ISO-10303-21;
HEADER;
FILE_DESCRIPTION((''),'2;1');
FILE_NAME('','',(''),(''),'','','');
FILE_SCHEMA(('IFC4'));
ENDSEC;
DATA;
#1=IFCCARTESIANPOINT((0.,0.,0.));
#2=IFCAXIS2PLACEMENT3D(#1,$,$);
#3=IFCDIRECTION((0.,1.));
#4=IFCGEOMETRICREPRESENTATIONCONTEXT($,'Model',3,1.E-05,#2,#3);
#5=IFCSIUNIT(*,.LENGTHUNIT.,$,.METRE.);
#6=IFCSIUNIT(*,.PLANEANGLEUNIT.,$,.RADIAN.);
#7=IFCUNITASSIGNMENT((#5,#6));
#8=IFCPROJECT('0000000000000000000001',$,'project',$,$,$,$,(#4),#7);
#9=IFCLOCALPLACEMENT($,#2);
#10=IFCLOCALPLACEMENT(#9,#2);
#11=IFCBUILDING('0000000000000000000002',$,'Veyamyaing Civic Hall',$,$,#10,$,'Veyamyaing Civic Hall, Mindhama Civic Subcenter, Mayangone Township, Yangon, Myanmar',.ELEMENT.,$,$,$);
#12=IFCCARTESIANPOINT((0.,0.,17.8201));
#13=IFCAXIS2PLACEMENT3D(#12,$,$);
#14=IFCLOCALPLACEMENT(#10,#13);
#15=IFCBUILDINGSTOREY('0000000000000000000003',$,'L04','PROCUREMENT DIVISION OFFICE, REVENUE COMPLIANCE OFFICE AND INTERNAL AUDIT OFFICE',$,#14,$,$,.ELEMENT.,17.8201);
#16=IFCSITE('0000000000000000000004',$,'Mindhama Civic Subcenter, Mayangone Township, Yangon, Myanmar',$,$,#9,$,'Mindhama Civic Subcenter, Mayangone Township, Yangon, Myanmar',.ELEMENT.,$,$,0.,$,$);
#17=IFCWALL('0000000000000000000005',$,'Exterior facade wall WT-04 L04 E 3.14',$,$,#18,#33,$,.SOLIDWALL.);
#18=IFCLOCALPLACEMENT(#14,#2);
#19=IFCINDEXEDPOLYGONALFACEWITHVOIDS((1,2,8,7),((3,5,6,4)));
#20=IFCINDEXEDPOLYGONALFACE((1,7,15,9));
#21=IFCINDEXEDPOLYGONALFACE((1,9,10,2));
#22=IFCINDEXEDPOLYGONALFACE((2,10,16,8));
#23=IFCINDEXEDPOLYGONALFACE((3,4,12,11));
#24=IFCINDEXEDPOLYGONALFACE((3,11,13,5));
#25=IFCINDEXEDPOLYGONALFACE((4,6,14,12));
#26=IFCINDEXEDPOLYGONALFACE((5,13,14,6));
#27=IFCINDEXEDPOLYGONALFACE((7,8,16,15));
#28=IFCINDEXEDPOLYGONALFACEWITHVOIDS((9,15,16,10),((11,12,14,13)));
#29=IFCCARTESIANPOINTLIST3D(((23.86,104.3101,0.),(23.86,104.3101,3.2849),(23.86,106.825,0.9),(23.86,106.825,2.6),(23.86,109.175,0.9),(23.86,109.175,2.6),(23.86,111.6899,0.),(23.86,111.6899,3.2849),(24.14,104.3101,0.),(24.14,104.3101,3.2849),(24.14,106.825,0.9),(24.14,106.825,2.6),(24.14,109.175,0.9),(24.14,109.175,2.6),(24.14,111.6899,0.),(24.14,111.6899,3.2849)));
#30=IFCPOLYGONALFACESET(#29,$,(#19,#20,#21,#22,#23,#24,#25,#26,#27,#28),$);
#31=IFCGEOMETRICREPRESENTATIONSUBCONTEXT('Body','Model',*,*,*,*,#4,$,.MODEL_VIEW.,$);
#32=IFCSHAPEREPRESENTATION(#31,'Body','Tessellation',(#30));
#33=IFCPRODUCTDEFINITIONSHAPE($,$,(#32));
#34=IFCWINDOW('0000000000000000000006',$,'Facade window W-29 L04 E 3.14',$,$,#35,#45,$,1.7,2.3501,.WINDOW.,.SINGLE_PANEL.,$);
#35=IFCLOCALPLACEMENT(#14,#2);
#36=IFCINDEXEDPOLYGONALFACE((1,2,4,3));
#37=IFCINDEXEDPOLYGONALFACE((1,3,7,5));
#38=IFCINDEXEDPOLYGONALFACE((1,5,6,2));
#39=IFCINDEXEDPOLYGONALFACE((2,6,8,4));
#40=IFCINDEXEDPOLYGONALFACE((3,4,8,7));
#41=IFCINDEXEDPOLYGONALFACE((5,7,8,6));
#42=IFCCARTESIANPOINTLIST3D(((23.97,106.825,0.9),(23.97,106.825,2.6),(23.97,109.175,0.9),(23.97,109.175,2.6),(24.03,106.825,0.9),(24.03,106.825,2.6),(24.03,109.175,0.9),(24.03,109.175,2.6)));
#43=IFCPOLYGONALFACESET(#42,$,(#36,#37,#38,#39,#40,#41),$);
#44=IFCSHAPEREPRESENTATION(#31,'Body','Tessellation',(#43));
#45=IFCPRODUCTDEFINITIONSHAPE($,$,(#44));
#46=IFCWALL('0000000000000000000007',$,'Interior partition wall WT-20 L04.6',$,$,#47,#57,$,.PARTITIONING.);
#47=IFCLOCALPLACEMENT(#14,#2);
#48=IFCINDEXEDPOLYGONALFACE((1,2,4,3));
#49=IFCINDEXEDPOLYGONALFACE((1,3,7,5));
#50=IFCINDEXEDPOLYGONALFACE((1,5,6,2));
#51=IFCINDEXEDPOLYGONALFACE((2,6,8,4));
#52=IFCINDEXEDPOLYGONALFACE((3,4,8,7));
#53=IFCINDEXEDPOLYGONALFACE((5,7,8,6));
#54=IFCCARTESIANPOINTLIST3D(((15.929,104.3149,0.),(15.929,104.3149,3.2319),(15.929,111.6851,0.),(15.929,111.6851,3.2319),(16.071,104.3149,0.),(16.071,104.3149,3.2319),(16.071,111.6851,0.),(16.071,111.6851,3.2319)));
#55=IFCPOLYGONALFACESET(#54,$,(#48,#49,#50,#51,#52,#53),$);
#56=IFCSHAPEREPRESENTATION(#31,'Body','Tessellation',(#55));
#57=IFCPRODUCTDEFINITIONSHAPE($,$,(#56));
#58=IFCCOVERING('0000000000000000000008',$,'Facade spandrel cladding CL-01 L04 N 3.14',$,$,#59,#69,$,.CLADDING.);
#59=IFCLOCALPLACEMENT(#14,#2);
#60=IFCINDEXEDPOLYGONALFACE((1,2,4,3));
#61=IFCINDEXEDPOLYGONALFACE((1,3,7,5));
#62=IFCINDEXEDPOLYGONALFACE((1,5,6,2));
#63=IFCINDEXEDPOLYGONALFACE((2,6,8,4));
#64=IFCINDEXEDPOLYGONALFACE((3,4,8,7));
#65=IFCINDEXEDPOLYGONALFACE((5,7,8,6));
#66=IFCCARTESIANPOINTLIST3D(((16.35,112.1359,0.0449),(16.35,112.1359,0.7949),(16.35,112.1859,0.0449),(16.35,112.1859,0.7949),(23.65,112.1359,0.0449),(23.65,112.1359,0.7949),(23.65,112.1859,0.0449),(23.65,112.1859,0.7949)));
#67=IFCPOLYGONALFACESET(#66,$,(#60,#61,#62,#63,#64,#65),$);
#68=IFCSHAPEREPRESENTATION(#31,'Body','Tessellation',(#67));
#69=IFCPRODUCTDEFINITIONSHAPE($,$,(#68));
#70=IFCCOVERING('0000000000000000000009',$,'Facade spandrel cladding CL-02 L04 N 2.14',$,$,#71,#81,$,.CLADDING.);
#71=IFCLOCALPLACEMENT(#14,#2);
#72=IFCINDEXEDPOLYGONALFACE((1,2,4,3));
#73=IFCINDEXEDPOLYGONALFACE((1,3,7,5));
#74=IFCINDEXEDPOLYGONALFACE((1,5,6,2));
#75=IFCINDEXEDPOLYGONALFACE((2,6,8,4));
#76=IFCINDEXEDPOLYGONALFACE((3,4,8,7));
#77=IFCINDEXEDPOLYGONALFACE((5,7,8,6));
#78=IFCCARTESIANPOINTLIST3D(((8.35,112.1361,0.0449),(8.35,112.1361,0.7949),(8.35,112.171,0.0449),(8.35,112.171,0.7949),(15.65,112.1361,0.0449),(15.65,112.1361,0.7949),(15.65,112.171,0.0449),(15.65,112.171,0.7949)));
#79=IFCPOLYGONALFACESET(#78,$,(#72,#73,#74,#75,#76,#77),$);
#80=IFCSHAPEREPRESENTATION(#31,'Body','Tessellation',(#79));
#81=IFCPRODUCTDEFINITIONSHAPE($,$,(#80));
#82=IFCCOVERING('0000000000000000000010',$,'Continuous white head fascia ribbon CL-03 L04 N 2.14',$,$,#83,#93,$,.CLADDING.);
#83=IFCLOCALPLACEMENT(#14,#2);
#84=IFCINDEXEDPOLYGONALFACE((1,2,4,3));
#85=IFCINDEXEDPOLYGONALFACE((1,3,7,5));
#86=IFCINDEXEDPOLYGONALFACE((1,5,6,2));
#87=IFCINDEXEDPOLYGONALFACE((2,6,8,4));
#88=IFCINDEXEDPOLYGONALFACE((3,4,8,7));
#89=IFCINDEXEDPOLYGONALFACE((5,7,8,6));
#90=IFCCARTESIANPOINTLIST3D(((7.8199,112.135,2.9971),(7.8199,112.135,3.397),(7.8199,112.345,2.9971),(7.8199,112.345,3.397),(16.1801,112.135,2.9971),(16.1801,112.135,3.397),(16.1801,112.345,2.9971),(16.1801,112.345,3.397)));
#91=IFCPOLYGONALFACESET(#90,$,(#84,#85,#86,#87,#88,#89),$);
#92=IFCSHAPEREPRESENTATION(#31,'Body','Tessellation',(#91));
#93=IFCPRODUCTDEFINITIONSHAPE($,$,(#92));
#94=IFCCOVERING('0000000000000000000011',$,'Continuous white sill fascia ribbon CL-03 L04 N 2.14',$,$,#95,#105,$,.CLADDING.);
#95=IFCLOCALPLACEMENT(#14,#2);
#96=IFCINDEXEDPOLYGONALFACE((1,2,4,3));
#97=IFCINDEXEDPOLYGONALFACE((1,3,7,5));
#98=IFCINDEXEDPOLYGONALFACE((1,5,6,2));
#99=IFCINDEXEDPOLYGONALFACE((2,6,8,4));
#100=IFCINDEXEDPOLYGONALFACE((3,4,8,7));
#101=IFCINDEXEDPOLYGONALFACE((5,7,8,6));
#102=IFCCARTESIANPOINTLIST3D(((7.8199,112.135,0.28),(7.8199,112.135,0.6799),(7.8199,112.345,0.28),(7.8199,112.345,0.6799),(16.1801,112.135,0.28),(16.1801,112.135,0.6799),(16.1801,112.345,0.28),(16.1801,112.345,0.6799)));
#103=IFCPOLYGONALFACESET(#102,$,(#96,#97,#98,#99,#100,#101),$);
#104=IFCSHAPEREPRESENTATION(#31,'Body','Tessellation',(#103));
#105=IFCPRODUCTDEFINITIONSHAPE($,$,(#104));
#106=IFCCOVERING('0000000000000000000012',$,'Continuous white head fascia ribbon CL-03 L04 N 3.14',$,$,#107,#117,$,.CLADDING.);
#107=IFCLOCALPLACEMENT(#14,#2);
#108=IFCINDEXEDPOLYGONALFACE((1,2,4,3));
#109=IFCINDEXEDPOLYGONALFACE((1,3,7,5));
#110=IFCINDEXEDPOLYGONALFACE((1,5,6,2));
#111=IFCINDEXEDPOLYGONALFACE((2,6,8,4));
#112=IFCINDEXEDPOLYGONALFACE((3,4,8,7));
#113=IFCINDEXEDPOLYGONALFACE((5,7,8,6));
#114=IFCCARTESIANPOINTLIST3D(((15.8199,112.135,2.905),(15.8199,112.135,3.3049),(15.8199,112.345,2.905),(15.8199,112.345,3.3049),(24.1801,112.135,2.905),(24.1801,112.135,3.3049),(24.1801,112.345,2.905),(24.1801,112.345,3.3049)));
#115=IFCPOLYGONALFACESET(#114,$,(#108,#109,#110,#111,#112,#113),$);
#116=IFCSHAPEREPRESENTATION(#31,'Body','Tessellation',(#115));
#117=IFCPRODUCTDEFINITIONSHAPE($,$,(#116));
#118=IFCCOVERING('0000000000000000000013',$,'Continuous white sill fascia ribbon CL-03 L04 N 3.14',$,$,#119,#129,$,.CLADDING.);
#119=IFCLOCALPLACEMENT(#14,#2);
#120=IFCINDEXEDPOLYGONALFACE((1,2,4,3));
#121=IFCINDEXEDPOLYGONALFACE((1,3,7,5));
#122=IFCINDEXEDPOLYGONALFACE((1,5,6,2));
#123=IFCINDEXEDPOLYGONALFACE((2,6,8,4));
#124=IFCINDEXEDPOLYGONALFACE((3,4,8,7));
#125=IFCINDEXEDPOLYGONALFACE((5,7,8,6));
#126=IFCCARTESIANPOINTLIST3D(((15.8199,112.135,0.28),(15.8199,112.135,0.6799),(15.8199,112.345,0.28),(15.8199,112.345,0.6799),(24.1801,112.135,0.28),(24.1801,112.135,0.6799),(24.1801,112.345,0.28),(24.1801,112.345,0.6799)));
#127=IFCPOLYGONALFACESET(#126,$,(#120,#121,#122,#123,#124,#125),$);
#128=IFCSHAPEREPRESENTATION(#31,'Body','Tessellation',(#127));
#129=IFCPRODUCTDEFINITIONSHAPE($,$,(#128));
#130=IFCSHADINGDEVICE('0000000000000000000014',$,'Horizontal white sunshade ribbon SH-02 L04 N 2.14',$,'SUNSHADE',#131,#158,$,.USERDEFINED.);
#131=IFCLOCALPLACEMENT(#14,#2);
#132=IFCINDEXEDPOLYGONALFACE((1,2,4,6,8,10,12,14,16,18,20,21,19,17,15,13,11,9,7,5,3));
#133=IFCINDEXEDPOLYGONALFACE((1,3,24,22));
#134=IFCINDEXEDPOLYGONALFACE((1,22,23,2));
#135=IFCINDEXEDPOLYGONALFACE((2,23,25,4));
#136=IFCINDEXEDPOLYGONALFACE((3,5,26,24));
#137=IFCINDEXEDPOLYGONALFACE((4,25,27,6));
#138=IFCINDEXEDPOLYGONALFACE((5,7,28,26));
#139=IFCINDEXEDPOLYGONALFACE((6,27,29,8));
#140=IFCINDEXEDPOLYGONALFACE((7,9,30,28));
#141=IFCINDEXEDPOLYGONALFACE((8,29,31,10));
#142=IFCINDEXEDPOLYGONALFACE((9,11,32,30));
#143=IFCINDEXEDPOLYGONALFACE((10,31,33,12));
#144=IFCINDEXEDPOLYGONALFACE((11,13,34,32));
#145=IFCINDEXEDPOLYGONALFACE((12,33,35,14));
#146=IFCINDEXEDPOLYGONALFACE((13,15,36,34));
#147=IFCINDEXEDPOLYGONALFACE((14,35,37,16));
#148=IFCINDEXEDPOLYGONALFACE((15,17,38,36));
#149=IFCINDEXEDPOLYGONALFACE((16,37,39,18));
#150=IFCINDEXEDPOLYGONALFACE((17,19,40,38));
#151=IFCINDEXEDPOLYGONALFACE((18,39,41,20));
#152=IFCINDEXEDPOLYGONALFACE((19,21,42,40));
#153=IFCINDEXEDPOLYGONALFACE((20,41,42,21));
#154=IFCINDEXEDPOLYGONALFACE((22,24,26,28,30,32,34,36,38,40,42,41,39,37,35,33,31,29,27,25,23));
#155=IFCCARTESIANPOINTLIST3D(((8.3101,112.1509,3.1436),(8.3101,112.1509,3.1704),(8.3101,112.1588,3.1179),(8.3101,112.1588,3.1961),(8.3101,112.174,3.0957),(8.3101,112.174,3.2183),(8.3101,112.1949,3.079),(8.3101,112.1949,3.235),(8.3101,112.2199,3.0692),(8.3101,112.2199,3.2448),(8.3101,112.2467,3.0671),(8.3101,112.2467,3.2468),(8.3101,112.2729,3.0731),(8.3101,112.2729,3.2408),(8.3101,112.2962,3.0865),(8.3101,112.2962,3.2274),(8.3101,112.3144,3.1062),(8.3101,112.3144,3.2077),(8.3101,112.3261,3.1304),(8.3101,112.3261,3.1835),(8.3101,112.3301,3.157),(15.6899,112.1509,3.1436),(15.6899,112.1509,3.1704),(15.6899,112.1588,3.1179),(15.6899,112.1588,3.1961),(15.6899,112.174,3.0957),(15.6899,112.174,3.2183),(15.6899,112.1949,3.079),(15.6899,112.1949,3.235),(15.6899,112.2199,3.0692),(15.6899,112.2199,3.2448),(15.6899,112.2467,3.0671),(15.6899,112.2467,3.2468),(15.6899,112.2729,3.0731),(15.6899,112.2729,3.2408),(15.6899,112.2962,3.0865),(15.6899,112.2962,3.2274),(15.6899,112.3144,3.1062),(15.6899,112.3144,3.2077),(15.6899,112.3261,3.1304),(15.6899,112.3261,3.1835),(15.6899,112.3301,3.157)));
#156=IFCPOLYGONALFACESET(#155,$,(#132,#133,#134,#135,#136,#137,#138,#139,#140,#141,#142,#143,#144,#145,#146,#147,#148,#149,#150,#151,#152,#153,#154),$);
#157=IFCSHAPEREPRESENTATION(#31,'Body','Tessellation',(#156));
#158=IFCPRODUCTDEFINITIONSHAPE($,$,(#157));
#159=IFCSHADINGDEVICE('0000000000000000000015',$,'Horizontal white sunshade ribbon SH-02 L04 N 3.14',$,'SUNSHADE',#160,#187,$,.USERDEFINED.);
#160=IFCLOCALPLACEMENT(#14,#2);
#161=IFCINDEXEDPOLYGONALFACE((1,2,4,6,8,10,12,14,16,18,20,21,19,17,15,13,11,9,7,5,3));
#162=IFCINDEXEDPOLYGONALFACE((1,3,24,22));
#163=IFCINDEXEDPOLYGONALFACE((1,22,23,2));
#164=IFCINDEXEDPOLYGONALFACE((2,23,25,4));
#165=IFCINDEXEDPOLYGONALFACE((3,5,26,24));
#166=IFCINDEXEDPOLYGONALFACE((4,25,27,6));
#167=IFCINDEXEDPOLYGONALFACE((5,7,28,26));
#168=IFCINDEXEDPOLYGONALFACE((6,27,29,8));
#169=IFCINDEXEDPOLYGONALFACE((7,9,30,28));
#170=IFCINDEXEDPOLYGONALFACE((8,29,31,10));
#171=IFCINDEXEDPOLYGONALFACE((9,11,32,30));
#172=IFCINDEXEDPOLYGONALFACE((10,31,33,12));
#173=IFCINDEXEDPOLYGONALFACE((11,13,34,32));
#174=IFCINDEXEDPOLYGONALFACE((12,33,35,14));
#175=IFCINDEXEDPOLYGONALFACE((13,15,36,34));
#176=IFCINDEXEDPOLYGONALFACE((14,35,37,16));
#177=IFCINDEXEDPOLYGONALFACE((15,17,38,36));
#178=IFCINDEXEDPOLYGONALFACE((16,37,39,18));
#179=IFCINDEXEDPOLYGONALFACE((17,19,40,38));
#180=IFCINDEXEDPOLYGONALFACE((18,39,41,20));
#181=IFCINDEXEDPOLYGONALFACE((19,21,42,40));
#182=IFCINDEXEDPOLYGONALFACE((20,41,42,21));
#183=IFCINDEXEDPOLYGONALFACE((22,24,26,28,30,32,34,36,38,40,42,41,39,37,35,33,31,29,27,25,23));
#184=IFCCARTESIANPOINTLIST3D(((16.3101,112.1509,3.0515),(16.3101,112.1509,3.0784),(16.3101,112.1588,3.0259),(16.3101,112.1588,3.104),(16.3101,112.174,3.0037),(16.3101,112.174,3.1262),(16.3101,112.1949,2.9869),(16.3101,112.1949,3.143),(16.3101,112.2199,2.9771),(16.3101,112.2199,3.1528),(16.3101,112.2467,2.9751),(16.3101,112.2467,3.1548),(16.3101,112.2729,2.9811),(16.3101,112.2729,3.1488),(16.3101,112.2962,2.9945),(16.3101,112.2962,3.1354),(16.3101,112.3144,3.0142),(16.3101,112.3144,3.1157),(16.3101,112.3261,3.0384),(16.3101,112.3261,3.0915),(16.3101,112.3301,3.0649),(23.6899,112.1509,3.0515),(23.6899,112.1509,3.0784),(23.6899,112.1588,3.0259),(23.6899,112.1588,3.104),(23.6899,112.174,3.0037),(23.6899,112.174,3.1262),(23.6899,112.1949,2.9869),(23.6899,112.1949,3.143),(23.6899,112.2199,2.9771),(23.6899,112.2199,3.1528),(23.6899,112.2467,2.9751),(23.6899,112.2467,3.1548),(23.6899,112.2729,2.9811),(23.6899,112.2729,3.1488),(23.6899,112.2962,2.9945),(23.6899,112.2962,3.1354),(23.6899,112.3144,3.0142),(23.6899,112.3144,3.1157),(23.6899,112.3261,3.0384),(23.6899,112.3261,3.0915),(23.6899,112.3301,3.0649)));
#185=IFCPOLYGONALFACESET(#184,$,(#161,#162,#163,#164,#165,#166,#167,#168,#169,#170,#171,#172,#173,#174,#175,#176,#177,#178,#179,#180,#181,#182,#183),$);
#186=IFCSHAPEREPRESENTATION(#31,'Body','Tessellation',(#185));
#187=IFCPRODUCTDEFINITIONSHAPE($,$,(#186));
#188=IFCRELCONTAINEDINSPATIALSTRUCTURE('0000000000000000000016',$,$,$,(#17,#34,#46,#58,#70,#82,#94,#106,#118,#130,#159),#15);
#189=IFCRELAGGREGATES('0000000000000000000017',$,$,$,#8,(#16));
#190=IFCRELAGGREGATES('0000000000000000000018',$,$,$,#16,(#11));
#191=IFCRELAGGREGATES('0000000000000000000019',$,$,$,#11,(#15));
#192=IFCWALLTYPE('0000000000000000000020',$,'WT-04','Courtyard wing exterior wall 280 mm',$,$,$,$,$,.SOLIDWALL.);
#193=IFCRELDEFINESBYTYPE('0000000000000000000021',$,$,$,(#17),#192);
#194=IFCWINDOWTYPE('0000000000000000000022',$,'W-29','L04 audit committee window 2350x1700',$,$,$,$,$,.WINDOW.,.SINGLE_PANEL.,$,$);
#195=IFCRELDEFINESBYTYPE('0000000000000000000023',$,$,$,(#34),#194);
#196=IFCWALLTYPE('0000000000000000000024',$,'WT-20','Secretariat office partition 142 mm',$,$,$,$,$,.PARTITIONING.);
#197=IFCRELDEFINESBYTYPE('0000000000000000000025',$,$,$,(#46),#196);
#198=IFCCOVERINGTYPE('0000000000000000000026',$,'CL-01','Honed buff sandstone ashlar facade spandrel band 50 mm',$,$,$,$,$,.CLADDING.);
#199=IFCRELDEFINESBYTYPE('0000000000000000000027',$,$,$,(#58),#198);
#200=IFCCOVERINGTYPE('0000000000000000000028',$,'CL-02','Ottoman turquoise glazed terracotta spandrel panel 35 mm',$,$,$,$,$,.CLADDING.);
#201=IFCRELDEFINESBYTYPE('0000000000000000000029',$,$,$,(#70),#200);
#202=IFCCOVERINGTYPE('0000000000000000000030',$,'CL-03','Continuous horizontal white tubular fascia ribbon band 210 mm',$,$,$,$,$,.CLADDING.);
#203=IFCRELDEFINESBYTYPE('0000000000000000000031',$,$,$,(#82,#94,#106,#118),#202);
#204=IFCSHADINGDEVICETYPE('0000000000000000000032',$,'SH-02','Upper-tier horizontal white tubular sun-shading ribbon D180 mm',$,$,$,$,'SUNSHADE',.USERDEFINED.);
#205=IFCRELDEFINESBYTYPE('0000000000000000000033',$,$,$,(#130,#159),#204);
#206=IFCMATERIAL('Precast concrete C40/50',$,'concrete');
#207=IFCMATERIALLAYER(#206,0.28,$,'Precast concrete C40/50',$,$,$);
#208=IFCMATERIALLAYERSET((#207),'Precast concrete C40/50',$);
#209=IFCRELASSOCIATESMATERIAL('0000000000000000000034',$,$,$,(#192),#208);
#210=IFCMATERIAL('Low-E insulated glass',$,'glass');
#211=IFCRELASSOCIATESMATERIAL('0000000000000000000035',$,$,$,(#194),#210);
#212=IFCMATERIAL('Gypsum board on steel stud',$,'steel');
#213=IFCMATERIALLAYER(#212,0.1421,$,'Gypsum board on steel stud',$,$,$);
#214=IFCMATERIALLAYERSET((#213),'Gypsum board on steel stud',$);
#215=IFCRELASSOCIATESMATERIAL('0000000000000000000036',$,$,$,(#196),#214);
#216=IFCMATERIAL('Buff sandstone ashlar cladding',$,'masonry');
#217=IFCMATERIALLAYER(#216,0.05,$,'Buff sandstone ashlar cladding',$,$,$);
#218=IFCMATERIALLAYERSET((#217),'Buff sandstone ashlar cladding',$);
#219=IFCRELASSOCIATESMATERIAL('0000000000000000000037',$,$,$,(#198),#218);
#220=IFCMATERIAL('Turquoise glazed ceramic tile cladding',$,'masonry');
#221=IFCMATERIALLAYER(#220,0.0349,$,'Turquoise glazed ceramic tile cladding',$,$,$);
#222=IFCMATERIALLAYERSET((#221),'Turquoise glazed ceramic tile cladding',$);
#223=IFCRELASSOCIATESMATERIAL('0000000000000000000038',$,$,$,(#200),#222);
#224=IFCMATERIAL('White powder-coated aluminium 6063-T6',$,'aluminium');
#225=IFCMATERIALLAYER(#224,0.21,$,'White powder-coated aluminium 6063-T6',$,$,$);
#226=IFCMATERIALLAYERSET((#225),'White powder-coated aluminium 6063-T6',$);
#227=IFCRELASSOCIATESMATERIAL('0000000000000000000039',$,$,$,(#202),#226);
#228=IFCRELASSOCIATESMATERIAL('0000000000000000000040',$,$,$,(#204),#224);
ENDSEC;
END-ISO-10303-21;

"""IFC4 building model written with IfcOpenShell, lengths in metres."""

from ifc_helpers import new_model, si_unit, direction, frame, frame_2d, origin, origin_2d, place, context, subcontext, project, spatial, rectangle, circle, extrude, material, layer, layer_set, material_profile, profile_set, type_object, element, fill, save


model = new_model("IFC4")

# Units and contexts
model_context = context("Model", 3, precision=1e-05, world=origin(), true_north=direction((0.0, 1.0)))
body_context = subcontext(model_context, "Body", "Model", "MODEL_VIEW")
ifc_project = project(units=[si_unit("LENGTHUNIT", "METRE"), si_unit("PLANEANGLEUNIT", "RADIAN")], contexts=[model_context])

# Site, building, storey
site_placement = place(None, origin())
site = spatial("IfcSite", under=ifc_project, at=site_placement, Name="Mindhama Civic Subcenter, Mayangone Township, Yangon, Myanmar", LongName="Mindhama Civic Subcenter, Mayangone Township, Yangon, Myanmar", CompositionType="ELEMENT", RefElevation=0.0)
building_placement = place(site_placement, origin())
building = spatial("IfcBuilding", under=site, at=building_placement, Name="Veyamyaing Civic Hall", LongName="Veyamyaing Civic Hall, Mindhama Civic Subcenter, Mayangone Township, Yangon, Myanmar", CompositionType="ELEMENT")
storey_placement = place(building_placement, frame((0.0, 0.0, 17.8201)))
storey = spatial("IfcBuildingStorey", under=building, at=storey_placement, Name="L04", Description="PROCUREMENT DIVISION OFFICE, REVENUE COMPLIANCE OFFICE AND INTERNAL AUDIT OFFICE", CompositionType="ELEMENT", Elevation=17.8201)

# Wall, opening, window
ifc_material_1 = material(Name="Precast concrete C40/50", Category="concrete")
ifc_layer_1 = layer(ifc_material_1, 0.28, Name="Precast concrete C40/50")
ifc_layer_set_1 = layer_set([ifc_layer_1], Name="Precast concrete C40/50")
wall_type_1 = type_object("IfcWallType", Name="WT-04", Description="Courtyard wing exterior wall 280 mm", PredefinedType="SOLIDWALL", material=ifc_layer_set_1)
ifc_material_2 = material(Name="Low-E insulated glass", Category="glass")
window_type_1 = type_object("IfcWindowType", Name="W-29", Description="L04 audit committee window 2350x1700", PartitioningType="SINGLE_PANEL", PredefinedType="WINDOW", material=ifc_material_2)
wall_1_placement = place(storey_placement, frame((24.0, 104.3101, 0.0), z_axis=(0.0, 0.0, 1.0), x_axis=(0.0, 1.0, 0.0)))
wall_1 = element("IfcWall", 1, at=wall_1_placement, inside=storey, type_object=wall_type_1, Name="Exterior facade wall WT-04 L04 E 3.14", PredefinedType="SOLIDWALL", context=body_context, shape_type="SweptSolid", body=[
    extrude(rectangle(XDim=7.3799, YDim=0.28, at=frame_2d((3.6899, 0.0))), origin(), (0.0, 0.0, 1.0), 3.2849),
])
opening_1_placement = place(wall_1_placement, frame((2.5149, 0.0, 0.8999)))
opening_1 = element("IfcOpeningElement", 2, at=opening_1_placement, cuts=wall_1, PredefinedType="OPENING", context=body_context, shape_type="SweptSolid", body=[
    extrude(rectangle(XDim=2.3501, YDim=1.7, at=frame_2d((1.175, 0.8501))), frame((0.0, 0.1499, 0.0), z_axis=(0.0, -1.0, 0.0), x_axis=(1.0, 0.0, 0.0)), (0.0, 0.0, 1.0), 0.3),
])
window_1_placement = place(opening_1_placement, origin())
window_1 = element("IfcWindow", 3, at=window_1_placement, inside=storey, type_object=window_type_1, Name="Facade window W-29 L04 E 3.14", OverallHeight=1.7, OverallWidth=2.3501, PartitioningType="SINGLE_PANEL", PredefinedType="WINDOW", context=body_context, shape_type="SweptSolid", body=[
    extrude(rectangle(XDim=2.3501, YDim=1.7, at=frame_2d((1.175, 0.8501))), frame((0.0, 0.03, 0.0), z_axis=(0.0, -1.0, 0.0), x_axis=(1.0, 0.0, 0.0)), (0.0, 0.0, 1.0), 0.0601),
])
fill(opening_1, window_1)

# Wall
ifc_material_3 = material(Name="Gypsum board on steel stud", Category="steel")
ifc_layer_2 = layer(ifc_material_3, 0.1421, Name="Gypsum board on steel stud")
ifc_layer_set_2 = layer_set([ifc_layer_2], Name="Gypsum board on steel stud")
wall_type_2 = type_object("IfcWallType", Name="WT-20", Description="Secretariat office partition 142 mm", PredefinedType="PARTITIONING", material=ifc_layer_set_2)
wall_2_placement = place(storey_placement, frame((16.0, 104.3149, 0.0), z_axis=(0.0, 0.0, 1.0), x_axis=(0.0, 1.0, 0.0)))
element("IfcWall", 4, at=wall_2_placement, inside=storey, type_object=wall_type_2, Name="Interior partition wall WT-20 L04.6", PredefinedType="PARTITIONING", context=body_context, shape_type="SweptSolid", body=[
    extrude(rectangle(XDim=7.3701, YDim=0.1421, at=frame_2d((3.6851, 0.0))), origin(), (0.0, 0.0, 1.0), 3.2319),
])

# Coverings
ifc_material_4 = material(Name="Buff sandstone ashlar cladding", Category="masonry")
ifc_layer_3 = layer(ifc_material_4, 0.05, Name="Buff sandstone ashlar cladding")
ifc_layer_set_3 = layer_set([ifc_layer_3], Name="Buff sandstone ashlar cladding")
covering_type_1 = type_object("IfcCoveringType", Name="CL-01", Description="Honed buff sandstone ashlar facade spandrel band 50 mm", PredefinedType="CLADDING", material=ifc_layer_set_3)
covering_1_placement = place(storey_placement, frame((20.0, 112.1609, 0.0449), z_axis=(0.0, 0.0, 1.0), x_axis=(1.0, 0.0, 0.0)))
element("IfcCovering", 5, at=covering_1_placement, inside=storey, type_object=covering_type_1, Name="Facade spandrel cladding CL-01 L04 N 3.14", PredefinedType="CLADDING", context=body_context, shape_type="SweptSolid", body=[
    extrude(rectangle(XDim=7.3, YDim=0.05, at=origin_2d()), origin(), (0.0, 0.0, 1.0), 0.75),
])
ifc_material_5 = material(Name="Turquoise glazed ceramic tile cladding", Category="masonry")
ifc_layer_4 = layer(ifc_material_5, 0.0349, Name="Turquoise glazed ceramic tile cladding")
ifc_layer_set_4 = layer_set([ifc_layer_4], Name="Turquoise glazed ceramic tile cladding")
covering_type_2 = type_object("IfcCoveringType", Name="CL-02", Description="Ottoman turquoise glazed terracotta spandrel panel 35 mm", PredefinedType="CLADDING", material=ifc_layer_set_4)
covering_2_placement = place(storey_placement, frame((12.0, 112.1536, 0.0449), z_axis=(0.0, 0.0, 1.0), x_axis=(1.0, 0.0, 0.0)))
element("IfcCovering", 6, at=covering_2_placement, inside=storey, type_object=covering_type_2, Name="Facade spandrel cladding CL-02 L04 N 2.14", PredefinedType="CLADDING", context=body_context, shape_type="SweptSolid", body=[
    extrude(rectangle(XDim=7.3, YDim=0.0349, at=origin_2d()), origin(), (0.0, 0.0, 1.0), 0.75),
])
ifc_material_6 = material(Name="White powder-coated aluminium 6063-T6", Category="aluminium")
ifc_layer_5 = layer(ifc_material_6, 0.21, Name="White powder-coated aluminium 6063-T6")
ifc_layer_set_5 = layer_set([ifc_layer_5], Name="White powder-coated aluminium 6063-T6")
covering_type_3 = type_object("IfcCoveringType", Name="CL-03", Description="Continuous horizontal white tubular fascia ribbon band 210 mm", PredefinedType="CLADDING", material=ifc_layer_set_5)
for number, where, z_axis, x_axis, name in (
    (7, (12.0, 112.24, 2.9971), (0.0, 0.0, 1.0), (1.0, 0.0, 0.0), "Continuous white head fascia ribbon CL-03 L04 N 2.14"),
    (8, (12.0, 112.24, 0.28), (0.0, 0.0, 1.0), (1.0, 0.0, 0.0), "Continuous white sill fascia ribbon CL-03 L04 N 2.14"),
    (9, (20.0, 112.24, 2.905), (0.0, 0.0, 1.0), (1.0, 0.0, 0.0), "Continuous white head fascia ribbon CL-03 L04 N 3.14"),
    (10, (20.0, 112.24, 0.28), (0.0, 0.0, 1.0), (1.0, 0.0, 0.0), "Continuous white sill fascia ribbon CL-03 L04 N 3.14"),
):
    element("IfcCovering", number, at=place(storey_placement, frame(where, z_axis=z_axis, x_axis=x_axis)), inside=storey, type_object=covering_type_3, Name=name, PredefinedType="CLADDING", context=body_context, shape_type="SweptSolid", body=[
        extrude(rectangle(XDim=8.3601, YDim=0.21, at=origin_2d()), origin(), (0.0, 0.0, 1.0), 0.3999),
    ])

# Shading devices
ifc_material_profile_1 = material_profile(ifc_material_6, circle(Radius=0.0901, at=origin_2d()), Name="SHADE-TUBE-180")
ifc_profile_set_1 = profile_set([ifc_material_profile_1], Name="White powder-coated aluminium 6063-T6")
shading_device_type = type_object("IfcShadingDeviceType", Name="SH-02", Description="Upper-tier horizontal white tubular sun-shading ribbon D180 mm", ElementType="SUNSHADE", PredefinedType="USERDEFINED", material=ifc_profile_set_1)
for number, where, z_axis, x_axis, name in (
    (11, (8.3101, 112.24, 3.157), (1.0, 0.0, 0.0), (0.0, 1.0, 0.0), "Horizontal white sunshade ribbon SH-02 L04 N 2.14"),
    (12, (16.3101, 112.24, 3.0649), (1.0, 0.0, 0.0), (0.0, 1.0, 0.0), "Horizontal white sunshade ribbon SH-02 L04 N 3.14"),
):
    element("IfcShadingDevice", number, at=place(storey_placement, frame(where, z_axis=z_axis, x_axis=x_axis)), inside=storey, type_object=shading_device_type, Name=name, ObjectType="SUNSHADE", PredefinedType="USERDEFINED", context=body_context, shape_type="SweptSolid", body=[
        extrude(circle(Radius=0.0901, at=origin_2d()), origin(), (0.0, 0.0, 1.0), 7.3799),
    ])

save(model, "model.ifc")
